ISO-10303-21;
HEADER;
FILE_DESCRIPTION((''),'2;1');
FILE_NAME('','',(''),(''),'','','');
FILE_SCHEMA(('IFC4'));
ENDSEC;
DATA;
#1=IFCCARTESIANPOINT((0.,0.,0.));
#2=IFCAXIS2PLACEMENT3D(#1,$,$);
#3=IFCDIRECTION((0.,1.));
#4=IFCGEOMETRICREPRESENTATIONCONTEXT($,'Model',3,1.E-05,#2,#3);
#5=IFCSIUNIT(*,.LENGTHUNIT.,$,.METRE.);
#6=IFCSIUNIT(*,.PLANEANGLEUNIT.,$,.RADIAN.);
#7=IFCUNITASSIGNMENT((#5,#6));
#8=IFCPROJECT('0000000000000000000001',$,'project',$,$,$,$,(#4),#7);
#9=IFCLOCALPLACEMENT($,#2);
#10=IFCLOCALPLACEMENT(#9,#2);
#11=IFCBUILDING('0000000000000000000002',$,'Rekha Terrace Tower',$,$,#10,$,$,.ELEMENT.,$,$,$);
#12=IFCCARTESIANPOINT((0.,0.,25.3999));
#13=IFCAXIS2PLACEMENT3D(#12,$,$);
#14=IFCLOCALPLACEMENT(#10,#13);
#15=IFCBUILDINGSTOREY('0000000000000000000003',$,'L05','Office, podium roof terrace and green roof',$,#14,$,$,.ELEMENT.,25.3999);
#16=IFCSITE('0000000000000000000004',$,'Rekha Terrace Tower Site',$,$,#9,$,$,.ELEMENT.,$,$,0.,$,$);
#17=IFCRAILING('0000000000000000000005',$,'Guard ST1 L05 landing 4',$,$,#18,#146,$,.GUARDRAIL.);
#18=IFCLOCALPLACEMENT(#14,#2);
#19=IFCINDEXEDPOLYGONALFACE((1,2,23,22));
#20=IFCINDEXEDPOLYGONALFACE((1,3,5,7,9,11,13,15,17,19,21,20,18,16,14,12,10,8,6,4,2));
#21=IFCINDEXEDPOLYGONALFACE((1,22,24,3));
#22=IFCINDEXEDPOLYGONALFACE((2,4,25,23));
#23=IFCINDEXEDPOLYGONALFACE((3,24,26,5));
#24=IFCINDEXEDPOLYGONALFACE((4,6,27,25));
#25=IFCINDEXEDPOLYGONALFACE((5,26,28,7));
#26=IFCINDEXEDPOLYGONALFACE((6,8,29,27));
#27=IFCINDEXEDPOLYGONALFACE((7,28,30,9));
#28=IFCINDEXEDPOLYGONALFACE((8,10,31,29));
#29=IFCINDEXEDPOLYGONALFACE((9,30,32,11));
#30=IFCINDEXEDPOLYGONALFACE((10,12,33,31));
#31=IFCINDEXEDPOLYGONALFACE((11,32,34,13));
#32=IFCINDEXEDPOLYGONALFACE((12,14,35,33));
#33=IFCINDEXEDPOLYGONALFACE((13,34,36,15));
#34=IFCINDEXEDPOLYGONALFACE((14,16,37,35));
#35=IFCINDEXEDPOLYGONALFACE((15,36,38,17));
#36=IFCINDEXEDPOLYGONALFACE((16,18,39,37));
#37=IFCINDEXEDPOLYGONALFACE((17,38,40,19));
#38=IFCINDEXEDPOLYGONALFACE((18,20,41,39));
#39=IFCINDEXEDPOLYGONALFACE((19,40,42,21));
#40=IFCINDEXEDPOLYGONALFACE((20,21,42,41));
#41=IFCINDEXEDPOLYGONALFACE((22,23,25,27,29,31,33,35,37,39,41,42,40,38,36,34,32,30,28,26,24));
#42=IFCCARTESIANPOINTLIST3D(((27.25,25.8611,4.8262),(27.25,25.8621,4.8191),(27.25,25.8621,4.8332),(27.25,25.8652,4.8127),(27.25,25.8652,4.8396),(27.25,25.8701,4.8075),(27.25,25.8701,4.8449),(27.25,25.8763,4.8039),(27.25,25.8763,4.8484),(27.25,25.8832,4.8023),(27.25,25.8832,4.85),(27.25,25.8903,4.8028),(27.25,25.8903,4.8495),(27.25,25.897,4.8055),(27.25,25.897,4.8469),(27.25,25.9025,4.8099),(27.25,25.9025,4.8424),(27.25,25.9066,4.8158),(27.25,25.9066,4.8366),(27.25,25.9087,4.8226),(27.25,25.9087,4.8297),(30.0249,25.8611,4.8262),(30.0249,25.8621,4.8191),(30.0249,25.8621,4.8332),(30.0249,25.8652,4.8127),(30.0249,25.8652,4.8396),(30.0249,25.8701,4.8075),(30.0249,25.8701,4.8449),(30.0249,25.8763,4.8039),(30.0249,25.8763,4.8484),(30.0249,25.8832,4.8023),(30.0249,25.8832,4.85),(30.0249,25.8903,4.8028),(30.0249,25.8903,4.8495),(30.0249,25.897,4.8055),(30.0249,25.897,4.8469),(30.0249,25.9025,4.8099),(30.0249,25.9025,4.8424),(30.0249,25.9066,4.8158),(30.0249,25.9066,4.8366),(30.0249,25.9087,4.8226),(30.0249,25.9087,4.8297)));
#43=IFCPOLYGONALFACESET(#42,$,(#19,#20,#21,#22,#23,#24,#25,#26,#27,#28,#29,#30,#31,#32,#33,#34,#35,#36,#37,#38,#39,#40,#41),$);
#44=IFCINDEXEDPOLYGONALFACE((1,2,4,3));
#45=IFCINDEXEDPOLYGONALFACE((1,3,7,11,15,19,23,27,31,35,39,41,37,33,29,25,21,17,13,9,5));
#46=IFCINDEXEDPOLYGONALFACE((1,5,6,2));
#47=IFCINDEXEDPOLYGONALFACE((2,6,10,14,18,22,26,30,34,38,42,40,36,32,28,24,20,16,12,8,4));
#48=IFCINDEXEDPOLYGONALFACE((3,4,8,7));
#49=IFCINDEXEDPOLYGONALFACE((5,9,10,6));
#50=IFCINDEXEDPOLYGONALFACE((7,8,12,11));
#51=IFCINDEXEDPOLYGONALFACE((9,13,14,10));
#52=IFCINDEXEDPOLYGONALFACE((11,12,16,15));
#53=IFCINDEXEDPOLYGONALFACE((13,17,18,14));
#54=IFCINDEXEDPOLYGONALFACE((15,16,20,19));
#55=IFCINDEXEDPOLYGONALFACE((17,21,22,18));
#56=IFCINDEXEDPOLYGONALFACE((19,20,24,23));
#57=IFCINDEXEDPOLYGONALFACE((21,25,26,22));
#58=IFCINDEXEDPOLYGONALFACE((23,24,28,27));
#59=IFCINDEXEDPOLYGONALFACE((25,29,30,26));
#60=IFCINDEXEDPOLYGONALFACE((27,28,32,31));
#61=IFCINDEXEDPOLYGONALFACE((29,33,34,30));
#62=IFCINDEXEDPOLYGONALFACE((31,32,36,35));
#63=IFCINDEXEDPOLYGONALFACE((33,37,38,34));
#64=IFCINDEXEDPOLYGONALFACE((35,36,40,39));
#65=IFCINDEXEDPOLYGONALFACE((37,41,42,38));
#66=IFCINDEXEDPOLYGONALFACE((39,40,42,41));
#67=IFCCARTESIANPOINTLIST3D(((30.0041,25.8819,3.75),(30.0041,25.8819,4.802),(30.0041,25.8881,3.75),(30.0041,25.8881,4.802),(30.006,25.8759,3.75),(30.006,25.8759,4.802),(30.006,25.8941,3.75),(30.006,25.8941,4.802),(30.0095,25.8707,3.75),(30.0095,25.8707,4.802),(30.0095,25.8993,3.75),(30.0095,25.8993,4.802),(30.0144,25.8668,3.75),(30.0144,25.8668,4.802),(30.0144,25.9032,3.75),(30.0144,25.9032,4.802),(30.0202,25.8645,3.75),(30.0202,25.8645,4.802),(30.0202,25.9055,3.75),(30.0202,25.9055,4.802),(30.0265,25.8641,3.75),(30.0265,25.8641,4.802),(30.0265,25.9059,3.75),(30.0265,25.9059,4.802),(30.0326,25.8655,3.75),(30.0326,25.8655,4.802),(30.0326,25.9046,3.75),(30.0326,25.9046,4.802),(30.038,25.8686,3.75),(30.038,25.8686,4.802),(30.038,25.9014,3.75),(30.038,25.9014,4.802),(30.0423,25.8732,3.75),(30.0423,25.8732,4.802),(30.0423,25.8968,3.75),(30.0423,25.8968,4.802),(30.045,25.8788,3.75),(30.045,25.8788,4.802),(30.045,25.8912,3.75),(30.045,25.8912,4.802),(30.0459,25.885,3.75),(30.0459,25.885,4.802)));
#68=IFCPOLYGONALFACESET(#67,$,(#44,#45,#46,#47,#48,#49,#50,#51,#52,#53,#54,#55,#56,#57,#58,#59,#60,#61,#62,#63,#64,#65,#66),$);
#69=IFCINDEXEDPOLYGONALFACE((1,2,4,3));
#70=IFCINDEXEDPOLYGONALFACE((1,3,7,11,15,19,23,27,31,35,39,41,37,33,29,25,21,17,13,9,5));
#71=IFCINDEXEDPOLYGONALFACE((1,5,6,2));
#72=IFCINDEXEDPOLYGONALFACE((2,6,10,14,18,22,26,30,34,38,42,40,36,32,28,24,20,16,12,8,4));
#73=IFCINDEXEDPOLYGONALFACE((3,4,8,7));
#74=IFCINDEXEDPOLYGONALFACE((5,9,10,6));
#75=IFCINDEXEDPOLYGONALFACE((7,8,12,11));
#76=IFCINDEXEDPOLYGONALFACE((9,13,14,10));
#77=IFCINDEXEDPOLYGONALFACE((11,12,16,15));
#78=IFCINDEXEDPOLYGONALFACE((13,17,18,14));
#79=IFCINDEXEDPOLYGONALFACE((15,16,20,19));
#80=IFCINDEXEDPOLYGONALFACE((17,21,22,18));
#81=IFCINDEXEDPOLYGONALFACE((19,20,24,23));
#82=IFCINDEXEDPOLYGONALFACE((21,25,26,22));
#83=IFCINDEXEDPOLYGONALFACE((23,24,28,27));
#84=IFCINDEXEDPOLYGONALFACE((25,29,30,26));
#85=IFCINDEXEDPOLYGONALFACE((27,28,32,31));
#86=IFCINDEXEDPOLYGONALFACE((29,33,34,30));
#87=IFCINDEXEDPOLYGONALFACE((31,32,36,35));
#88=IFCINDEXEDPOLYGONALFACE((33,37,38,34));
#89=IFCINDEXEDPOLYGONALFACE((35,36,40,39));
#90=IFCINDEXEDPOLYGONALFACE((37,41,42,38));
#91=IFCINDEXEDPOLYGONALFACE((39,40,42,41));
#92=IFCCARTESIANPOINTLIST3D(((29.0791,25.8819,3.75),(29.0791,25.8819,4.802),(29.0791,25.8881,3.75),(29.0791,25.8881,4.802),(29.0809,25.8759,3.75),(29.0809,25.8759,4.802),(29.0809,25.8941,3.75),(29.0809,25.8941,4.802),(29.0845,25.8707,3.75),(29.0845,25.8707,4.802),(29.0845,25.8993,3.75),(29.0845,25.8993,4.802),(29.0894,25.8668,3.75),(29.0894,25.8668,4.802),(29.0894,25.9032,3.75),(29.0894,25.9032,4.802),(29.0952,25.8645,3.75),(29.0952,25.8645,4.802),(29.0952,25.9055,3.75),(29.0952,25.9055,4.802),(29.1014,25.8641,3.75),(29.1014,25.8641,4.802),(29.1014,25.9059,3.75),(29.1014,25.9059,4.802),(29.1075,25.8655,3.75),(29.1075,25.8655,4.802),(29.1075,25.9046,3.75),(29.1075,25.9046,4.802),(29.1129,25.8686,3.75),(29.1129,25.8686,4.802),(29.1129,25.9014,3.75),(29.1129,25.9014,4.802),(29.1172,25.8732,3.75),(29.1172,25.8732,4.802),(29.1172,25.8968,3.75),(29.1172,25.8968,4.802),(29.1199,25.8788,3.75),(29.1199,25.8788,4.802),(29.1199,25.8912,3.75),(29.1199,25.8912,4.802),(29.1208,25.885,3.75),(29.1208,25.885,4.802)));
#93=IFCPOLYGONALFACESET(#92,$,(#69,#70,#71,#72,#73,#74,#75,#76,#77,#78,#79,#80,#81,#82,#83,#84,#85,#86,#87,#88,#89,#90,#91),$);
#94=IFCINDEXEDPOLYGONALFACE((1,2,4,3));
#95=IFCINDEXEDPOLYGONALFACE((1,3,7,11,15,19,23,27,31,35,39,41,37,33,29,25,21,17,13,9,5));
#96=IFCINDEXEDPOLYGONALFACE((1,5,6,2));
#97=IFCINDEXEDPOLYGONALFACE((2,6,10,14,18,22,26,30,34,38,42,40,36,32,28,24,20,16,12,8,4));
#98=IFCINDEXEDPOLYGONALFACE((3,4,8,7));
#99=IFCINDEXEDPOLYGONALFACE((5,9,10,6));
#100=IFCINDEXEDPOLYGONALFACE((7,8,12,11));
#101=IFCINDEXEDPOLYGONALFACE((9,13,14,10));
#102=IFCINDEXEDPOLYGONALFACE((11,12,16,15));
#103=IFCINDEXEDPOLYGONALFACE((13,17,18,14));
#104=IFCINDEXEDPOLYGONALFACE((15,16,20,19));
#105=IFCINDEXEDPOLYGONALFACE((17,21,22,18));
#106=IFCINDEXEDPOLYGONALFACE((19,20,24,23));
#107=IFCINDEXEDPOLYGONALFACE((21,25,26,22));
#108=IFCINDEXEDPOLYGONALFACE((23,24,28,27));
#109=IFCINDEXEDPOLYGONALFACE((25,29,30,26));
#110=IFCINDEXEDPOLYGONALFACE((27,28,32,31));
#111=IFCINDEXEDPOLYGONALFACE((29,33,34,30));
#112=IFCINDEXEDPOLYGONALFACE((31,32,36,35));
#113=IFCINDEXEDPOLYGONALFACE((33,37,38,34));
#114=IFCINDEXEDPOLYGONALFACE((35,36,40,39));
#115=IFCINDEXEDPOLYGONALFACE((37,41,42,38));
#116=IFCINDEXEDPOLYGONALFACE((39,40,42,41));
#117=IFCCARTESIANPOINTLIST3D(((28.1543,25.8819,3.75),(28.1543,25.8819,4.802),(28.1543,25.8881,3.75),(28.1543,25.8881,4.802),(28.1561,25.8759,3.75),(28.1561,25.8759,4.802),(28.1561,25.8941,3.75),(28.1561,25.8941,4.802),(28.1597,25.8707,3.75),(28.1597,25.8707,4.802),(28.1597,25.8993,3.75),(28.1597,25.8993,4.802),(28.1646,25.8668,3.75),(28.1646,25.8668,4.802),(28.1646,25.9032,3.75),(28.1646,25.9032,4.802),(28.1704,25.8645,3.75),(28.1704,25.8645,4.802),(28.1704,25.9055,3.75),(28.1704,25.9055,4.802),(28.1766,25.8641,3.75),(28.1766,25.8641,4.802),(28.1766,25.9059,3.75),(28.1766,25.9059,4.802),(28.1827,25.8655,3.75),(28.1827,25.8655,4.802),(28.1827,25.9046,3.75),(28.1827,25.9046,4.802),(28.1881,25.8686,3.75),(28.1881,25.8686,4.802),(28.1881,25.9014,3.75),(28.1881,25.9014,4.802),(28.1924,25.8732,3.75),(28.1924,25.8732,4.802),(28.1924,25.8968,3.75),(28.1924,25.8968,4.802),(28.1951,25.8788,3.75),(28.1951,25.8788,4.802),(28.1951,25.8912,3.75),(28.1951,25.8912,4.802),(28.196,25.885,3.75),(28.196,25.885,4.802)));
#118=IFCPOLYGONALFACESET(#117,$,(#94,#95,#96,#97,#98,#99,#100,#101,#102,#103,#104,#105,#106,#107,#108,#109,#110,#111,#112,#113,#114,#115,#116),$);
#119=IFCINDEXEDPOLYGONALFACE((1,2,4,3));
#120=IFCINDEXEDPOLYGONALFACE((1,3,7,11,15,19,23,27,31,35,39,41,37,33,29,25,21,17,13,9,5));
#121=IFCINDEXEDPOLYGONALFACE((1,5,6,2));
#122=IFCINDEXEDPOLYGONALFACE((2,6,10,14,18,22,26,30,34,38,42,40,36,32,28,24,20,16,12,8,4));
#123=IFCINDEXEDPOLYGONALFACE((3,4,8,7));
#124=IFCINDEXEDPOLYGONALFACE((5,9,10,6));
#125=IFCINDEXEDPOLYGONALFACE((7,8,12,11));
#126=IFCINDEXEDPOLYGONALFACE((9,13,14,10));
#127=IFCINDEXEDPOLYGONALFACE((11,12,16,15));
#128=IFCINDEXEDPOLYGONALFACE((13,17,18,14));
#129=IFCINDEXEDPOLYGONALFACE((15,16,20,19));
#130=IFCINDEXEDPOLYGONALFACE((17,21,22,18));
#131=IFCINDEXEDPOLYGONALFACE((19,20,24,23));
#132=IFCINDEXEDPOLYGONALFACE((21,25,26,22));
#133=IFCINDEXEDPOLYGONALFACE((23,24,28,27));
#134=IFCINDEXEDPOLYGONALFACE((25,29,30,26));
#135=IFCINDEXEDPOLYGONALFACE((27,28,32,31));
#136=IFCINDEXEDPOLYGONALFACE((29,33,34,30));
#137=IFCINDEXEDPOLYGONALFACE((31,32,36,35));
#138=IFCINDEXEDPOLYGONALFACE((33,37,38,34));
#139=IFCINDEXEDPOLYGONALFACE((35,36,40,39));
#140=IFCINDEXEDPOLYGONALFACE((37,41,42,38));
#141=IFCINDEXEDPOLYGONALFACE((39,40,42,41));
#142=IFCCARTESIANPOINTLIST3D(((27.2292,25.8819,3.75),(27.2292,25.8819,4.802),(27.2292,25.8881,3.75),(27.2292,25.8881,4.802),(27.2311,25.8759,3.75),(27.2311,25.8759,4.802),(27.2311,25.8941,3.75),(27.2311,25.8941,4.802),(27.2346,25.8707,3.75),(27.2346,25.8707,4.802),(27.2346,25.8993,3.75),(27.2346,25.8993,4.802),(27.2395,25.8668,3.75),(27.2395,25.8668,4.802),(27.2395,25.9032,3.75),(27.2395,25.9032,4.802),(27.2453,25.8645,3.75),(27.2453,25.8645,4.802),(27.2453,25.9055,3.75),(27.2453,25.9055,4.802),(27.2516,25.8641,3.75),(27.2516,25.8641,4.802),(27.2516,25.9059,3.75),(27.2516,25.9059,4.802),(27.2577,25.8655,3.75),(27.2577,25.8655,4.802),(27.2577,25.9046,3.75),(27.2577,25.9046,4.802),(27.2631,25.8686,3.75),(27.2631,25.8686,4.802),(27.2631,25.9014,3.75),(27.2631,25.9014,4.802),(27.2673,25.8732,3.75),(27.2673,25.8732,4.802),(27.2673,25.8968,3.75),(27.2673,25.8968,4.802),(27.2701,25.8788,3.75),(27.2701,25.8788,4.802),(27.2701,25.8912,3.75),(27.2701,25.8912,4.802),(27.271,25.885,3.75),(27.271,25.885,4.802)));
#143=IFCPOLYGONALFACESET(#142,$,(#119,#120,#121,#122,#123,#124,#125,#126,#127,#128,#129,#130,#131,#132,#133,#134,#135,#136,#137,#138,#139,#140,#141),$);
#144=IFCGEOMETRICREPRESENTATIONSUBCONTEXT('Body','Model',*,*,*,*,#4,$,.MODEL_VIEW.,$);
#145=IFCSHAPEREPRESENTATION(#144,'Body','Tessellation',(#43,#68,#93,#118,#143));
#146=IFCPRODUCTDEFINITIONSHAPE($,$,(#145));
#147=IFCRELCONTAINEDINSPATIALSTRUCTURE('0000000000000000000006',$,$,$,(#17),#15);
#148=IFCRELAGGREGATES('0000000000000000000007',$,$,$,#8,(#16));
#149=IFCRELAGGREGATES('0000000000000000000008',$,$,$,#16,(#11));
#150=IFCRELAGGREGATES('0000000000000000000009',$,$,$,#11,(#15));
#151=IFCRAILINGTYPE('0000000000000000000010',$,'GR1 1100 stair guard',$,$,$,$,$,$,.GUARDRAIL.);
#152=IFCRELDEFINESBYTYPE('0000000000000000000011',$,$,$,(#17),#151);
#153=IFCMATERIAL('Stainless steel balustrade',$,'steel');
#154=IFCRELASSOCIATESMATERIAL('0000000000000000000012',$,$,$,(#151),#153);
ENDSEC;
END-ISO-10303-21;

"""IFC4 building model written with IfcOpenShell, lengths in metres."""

from ifc_helpers import new_model, si_unit, direction, frame, origin, origin_2d, place, context, subcontext, project, spatial, circle, extrude, material, type_object, element, save


model = new_model("IFC4")

# Units and contexts
model_context = context("Model", 3, precision=1e-05, world=origin(), true_north=direction((0.0, 1.0)))
body_context = subcontext(model_context, "Body", "Model", "MODEL_VIEW")
ifc_project = project(units=[si_unit("LENGTHUNIT", "METRE"), si_unit("PLANEANGLEUNIT", "RADIAN")], contexts=[model_context])

# Site, building, storey
site_placement = place(None, origin())
site = spatial("IfcSite", under=ifc_project, at=site_placement, Name="Rekha Terrace Tower Site", CompositionType="ELEMENT", RefElevation=0.0)
building_placement = place(site_placement, origin())
building = spatial("IfcBuilding", under=site, at=building_placement, Name="Rekha Terrace Tower", CompositionType="ELEMENT")
storey_placement = place(building_placement, frame((0.0, 0.0, 25.3999)))
storey = spatial("IfcBuildingStorey", under=building, at=storey_placement, Name="L05", Description="Office, podium roof terrace and green roof", CompositionType="ELEMENT", Elevation=25.3999)

# Railing
ifc_material_1 = material(Name="Stainless steel balustrade", Category="steel")
railing_type_1 = type_object("IfcRailingType", Name="GR1 1100 stair guard", PredefinedType="GUARDRAIL", material=ifc_material_1)
railing_1_placement = place(storey_placement, frame((30.0249, 25.885, 3.75)))
element("IfcRailing", 1, at=railing_1_placement, inside=storey, type_object=railing_type_1, Name="Guard ST1 L05 landing 4", PredefinedType="GUARDRAIL", context=body_context, shape_type="SweptSolid", body=[
    extrude(circle(Radius=0.0239, at=origin_2d()), frame((0.0, 0.0, 1.0762), z_axis=(-1.0, 0.0, 0.0), x_axis=(0.0, -1.0, 0.0)), (0.0, 0.0, 1.0), 2.7749),
    extrude(circle(Radius=0.021, at=origin_2d()), origin(), (0.0, 0.0, 1.0), 1.052),
    extrude(circle(Radius=0.021, at=origin_2d()), frame((-0.925, 0.0, 0.0)), (0.0, 0.0, 1.0), 1.052),
    extrude(circle(Radius=0.021, at=origin_2d()), frame((-1.8499, 0.0, 0.0)), (0.0, 0.0, 1.0), 1.052),
    extrude(circle(Radius=0.021, at=origin_2d()), frame((-2.7749, 0.0, 0.0)), (0.0, 0.0, 1.0), 1.052),
])

save(model, "model.ifc")
